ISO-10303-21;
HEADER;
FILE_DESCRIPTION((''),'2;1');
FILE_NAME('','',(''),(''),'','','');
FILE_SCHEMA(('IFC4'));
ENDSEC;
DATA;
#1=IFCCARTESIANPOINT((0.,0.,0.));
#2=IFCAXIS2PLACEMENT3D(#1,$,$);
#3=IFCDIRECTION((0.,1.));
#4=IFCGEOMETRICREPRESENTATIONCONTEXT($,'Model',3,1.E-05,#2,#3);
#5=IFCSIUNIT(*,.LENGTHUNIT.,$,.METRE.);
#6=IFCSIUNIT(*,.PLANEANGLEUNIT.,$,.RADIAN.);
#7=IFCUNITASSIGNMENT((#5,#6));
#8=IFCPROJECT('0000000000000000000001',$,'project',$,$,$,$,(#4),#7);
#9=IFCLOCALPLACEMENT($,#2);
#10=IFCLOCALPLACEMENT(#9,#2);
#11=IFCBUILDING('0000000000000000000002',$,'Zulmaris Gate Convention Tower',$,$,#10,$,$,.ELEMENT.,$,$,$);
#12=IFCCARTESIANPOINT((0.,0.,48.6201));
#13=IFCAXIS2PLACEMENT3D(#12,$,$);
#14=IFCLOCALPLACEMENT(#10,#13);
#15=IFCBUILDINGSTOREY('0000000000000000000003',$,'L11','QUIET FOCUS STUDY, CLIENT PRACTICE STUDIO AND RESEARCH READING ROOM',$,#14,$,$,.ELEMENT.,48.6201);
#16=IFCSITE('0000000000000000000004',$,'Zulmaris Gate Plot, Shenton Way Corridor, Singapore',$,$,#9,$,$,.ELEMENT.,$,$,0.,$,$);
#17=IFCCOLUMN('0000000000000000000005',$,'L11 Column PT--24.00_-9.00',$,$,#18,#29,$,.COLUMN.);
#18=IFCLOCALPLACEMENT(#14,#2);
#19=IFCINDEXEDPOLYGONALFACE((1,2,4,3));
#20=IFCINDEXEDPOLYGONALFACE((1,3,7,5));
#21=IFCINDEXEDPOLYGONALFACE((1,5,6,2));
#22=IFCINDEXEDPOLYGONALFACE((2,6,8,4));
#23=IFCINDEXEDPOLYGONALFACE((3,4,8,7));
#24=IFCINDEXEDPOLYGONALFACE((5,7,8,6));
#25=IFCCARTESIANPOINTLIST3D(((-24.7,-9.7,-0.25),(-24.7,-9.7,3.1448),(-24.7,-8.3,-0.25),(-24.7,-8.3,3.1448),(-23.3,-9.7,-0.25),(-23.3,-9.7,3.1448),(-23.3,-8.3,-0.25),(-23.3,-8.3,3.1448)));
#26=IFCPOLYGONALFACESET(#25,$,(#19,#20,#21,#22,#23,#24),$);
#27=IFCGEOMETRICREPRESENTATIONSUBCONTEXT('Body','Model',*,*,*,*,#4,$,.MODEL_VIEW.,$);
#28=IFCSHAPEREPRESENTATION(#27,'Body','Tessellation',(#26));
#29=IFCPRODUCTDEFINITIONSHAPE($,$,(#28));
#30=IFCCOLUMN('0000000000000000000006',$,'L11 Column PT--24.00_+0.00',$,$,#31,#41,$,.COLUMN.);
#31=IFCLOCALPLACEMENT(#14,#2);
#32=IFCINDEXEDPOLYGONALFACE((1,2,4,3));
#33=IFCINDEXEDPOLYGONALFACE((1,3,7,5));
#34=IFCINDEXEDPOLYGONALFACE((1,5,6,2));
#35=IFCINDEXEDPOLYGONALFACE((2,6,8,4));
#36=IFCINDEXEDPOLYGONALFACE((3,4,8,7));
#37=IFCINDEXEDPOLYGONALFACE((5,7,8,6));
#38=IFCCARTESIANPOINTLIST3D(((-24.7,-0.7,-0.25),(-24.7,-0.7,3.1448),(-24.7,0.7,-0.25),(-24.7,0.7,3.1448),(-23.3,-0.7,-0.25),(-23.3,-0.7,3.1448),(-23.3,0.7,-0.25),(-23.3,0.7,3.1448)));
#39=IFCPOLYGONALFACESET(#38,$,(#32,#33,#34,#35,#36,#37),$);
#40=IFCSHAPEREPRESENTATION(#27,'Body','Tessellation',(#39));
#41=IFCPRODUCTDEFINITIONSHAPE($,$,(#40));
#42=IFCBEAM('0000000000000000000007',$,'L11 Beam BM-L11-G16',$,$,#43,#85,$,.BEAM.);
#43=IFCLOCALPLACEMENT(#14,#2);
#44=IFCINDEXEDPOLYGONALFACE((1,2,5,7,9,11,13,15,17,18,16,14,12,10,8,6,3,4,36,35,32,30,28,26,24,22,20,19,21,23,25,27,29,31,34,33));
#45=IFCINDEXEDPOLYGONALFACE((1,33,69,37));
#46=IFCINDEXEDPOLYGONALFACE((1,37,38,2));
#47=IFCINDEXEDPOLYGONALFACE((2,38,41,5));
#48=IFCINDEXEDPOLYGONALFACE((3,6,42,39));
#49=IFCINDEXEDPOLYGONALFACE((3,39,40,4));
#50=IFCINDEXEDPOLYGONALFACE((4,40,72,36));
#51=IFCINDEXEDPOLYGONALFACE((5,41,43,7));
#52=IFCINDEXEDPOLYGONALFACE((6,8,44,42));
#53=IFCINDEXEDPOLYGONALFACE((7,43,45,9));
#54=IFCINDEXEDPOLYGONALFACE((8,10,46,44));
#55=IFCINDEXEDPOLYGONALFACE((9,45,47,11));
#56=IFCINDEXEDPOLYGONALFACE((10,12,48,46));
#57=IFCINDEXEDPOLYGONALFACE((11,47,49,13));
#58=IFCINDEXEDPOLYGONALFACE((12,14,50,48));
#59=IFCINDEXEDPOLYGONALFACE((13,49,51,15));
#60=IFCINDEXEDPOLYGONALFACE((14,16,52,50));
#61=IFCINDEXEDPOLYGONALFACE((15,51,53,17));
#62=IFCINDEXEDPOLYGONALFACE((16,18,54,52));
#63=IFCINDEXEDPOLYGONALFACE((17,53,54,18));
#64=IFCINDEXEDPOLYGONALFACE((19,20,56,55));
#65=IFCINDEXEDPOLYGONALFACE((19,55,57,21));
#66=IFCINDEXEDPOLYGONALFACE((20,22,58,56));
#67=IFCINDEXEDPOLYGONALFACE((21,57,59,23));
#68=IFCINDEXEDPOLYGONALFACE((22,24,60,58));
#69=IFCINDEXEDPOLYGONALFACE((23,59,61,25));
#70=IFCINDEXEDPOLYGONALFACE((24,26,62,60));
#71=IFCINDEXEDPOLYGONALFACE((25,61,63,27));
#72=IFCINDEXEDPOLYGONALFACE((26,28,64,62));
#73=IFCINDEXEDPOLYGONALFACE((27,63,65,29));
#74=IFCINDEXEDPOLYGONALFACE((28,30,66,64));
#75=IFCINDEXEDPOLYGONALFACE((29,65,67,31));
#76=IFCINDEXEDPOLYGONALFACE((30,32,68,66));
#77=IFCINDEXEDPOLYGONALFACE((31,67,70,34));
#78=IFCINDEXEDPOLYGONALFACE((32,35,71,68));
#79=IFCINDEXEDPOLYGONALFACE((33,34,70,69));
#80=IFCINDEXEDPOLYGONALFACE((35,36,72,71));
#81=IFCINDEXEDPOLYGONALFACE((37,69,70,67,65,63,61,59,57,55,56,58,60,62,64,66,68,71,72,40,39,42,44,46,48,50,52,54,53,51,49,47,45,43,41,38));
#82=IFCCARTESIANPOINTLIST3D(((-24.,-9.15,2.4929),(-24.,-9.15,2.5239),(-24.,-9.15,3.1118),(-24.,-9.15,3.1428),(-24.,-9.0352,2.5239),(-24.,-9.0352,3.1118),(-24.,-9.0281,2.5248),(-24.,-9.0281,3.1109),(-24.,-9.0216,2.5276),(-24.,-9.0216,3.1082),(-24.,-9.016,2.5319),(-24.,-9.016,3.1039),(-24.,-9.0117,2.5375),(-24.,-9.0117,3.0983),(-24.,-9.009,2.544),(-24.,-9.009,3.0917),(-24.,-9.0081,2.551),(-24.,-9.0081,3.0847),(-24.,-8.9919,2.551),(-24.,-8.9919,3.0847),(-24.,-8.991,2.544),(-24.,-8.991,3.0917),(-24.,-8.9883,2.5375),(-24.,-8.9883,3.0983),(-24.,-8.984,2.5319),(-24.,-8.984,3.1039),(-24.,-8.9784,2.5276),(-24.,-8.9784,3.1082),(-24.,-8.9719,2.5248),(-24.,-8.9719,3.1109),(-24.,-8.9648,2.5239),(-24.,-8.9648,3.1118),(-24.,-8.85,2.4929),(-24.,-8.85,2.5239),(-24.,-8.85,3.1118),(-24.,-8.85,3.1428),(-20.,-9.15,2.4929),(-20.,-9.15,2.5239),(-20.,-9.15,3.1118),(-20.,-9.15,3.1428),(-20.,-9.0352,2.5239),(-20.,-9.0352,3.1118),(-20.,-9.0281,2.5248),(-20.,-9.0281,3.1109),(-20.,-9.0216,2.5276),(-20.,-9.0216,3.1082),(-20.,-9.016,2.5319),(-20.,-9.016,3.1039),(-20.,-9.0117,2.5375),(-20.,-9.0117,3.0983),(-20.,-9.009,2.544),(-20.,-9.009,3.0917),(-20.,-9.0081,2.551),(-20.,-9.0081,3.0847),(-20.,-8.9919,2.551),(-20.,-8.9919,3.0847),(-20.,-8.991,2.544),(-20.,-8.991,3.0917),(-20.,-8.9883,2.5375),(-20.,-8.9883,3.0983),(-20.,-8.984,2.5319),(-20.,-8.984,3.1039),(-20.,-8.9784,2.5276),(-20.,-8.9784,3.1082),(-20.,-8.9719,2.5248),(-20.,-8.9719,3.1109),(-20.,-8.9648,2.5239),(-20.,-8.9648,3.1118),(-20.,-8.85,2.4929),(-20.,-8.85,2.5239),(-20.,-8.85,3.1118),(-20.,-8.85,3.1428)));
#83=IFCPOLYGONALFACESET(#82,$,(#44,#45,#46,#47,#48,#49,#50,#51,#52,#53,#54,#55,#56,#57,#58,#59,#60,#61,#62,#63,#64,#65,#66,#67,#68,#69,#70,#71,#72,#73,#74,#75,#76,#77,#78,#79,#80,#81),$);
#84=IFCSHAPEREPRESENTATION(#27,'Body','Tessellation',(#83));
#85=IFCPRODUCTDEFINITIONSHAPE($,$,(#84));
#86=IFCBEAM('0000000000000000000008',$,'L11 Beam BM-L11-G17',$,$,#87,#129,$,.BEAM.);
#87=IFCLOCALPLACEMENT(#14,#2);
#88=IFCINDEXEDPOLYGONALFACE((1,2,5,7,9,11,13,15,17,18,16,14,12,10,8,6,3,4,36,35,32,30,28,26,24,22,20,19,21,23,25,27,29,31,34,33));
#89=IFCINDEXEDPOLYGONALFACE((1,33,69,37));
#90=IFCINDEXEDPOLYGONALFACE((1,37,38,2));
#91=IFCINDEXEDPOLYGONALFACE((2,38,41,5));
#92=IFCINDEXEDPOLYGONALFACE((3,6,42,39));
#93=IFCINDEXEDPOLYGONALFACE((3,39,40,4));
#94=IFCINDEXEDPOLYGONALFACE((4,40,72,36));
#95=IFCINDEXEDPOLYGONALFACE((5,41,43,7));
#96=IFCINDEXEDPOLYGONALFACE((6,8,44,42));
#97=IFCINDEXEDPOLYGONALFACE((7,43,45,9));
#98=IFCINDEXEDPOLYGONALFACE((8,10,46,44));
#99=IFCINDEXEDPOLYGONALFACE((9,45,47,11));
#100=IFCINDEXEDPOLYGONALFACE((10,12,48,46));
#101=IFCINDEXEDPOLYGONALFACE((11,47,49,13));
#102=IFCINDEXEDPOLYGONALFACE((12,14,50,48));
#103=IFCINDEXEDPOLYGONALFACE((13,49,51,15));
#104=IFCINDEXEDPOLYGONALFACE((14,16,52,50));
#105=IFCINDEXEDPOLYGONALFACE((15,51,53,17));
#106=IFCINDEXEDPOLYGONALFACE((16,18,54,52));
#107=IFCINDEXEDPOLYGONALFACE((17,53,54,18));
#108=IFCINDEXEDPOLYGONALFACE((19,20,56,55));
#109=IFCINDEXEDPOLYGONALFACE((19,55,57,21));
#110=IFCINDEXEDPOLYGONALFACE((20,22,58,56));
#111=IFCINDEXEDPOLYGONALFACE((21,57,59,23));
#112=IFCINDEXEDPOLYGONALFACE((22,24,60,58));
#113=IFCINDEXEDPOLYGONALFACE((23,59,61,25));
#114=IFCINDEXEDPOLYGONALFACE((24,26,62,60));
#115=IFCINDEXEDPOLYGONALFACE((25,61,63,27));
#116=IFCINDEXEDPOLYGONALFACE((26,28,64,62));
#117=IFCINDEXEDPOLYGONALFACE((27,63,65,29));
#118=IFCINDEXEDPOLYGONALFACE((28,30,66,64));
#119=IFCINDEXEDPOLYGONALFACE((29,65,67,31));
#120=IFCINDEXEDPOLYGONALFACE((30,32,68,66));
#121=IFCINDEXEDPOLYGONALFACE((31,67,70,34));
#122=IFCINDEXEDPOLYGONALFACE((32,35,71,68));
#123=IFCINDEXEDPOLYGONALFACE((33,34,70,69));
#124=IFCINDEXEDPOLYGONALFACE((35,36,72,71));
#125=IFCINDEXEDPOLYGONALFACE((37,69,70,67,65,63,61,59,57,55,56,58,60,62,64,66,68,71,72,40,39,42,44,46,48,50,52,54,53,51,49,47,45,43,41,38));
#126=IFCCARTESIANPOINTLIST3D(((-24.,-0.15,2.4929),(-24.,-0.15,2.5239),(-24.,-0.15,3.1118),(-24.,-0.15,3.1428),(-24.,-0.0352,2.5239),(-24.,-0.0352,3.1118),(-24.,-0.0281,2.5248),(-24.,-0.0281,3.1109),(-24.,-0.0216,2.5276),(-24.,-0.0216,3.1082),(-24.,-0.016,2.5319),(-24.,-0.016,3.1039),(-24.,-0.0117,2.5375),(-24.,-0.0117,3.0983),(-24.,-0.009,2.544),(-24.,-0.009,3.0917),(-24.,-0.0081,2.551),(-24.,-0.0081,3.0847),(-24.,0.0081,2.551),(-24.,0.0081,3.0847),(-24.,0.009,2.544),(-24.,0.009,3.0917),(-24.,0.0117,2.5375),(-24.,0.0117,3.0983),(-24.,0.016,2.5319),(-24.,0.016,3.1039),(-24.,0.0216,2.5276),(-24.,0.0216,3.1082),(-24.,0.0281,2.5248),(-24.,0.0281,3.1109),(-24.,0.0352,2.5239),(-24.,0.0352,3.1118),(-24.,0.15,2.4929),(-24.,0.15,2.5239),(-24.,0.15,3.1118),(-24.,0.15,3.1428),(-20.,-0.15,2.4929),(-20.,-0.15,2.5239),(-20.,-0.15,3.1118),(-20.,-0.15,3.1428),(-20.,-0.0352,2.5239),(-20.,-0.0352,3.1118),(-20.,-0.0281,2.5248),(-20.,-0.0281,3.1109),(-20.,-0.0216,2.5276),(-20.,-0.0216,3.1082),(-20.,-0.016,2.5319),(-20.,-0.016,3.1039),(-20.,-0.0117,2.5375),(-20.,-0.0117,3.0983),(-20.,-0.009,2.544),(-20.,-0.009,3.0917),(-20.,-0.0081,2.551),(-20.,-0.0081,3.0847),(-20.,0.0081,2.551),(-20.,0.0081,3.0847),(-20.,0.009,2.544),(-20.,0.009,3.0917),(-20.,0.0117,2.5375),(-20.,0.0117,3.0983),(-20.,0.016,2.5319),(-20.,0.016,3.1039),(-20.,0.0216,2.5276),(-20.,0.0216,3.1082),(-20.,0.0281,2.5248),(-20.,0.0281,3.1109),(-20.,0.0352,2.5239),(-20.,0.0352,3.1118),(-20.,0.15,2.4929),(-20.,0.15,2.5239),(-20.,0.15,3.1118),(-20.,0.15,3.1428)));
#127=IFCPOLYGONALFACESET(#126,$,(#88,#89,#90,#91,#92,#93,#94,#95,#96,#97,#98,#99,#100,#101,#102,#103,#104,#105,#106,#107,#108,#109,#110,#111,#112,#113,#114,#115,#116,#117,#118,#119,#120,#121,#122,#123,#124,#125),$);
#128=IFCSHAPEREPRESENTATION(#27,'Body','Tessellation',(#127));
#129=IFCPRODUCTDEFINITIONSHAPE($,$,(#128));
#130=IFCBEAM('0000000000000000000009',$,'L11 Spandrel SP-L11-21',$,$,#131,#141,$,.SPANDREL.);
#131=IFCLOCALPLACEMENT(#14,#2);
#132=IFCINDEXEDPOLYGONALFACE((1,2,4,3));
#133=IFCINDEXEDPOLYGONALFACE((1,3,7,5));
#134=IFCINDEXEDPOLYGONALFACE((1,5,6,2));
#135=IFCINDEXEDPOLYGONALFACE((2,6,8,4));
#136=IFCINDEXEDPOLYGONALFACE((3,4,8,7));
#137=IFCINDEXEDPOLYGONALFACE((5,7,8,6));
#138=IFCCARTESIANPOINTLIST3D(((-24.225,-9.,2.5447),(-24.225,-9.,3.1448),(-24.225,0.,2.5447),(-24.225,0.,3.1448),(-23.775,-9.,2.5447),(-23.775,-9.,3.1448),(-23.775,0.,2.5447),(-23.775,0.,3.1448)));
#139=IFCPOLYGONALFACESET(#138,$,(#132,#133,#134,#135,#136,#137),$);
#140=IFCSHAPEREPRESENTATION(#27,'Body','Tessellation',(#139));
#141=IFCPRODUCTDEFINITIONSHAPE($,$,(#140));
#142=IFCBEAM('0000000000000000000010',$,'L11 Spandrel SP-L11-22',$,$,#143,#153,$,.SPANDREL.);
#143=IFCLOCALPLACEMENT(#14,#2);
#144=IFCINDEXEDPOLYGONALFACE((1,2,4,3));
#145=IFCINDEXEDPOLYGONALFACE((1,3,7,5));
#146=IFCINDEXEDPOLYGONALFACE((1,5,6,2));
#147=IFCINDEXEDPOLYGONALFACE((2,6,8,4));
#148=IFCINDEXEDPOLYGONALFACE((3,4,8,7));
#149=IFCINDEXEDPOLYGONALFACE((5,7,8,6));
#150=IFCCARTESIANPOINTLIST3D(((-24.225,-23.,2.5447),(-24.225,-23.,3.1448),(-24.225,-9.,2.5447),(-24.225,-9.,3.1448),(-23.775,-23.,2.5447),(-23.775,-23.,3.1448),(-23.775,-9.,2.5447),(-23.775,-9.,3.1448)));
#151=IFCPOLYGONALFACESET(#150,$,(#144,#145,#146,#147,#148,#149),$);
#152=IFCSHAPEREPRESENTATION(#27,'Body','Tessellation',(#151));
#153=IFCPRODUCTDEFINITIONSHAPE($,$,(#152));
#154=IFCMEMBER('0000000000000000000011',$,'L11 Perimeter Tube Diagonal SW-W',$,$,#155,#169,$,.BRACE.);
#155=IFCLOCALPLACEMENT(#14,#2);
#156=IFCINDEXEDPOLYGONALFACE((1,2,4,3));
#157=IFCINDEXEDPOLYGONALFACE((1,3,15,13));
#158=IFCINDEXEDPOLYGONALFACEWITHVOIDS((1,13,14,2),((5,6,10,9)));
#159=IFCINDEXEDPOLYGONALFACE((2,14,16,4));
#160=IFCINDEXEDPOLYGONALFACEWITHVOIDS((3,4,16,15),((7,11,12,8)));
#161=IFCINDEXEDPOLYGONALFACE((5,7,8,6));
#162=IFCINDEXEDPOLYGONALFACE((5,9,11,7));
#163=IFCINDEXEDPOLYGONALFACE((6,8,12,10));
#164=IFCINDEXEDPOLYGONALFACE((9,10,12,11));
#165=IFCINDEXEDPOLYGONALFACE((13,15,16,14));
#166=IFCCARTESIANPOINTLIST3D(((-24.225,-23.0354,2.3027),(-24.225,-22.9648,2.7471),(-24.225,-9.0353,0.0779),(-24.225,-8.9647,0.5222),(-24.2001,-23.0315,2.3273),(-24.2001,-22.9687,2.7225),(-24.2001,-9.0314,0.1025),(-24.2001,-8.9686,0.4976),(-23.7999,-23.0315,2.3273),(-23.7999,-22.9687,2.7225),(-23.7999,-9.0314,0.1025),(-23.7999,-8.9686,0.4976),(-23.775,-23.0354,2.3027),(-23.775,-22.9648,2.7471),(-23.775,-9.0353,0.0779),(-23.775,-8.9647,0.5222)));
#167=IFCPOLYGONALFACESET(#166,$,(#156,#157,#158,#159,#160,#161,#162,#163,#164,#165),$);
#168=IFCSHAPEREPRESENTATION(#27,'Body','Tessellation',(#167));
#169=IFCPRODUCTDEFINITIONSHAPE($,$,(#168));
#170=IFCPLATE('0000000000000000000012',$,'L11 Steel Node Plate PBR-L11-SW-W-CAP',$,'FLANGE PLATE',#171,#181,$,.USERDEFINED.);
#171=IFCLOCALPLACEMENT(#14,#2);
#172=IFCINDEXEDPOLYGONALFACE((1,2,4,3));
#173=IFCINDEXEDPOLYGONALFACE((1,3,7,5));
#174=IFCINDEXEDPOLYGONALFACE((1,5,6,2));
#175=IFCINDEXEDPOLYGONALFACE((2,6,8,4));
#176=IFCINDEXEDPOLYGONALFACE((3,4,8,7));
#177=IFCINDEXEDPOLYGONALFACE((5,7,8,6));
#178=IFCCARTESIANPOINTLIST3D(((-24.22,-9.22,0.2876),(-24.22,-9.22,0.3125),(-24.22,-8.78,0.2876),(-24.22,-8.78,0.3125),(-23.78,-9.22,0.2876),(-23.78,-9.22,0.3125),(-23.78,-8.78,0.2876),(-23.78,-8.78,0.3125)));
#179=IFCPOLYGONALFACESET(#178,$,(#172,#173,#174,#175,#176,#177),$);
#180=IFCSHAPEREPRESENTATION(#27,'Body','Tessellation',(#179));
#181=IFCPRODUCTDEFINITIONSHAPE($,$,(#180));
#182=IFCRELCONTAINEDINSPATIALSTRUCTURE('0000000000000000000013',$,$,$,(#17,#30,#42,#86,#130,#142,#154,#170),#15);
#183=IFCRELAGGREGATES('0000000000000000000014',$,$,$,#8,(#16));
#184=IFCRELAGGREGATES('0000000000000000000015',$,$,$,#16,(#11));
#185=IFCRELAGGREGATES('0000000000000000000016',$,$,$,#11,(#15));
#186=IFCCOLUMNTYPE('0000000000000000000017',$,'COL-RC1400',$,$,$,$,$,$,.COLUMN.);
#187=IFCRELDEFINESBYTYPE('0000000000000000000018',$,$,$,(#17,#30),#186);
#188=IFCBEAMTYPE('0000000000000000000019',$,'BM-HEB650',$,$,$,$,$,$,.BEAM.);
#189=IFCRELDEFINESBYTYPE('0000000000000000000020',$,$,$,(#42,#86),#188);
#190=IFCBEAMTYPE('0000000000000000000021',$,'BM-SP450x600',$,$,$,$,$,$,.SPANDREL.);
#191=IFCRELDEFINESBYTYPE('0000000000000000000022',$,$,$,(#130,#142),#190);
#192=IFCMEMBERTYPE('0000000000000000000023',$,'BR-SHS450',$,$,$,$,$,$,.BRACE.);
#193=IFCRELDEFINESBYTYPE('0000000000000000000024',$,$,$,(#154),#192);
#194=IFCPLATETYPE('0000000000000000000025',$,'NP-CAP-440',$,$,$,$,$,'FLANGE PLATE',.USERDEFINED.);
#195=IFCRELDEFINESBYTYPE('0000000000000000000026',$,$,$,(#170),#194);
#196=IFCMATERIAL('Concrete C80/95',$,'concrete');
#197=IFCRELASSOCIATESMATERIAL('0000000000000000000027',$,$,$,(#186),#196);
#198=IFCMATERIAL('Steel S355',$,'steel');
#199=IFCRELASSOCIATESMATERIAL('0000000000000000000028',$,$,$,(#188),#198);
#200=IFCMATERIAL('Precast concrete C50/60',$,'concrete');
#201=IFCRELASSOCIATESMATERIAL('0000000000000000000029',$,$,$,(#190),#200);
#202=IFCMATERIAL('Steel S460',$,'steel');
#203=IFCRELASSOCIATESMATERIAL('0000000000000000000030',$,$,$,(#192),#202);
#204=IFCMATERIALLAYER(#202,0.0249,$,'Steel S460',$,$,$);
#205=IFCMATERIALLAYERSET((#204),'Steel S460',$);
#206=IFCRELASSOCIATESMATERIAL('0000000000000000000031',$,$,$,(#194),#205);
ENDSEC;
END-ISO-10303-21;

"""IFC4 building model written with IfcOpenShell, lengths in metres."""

from ifc_helpers import new_model, si_unit, direction, frame, origin, origin_2d, place, context, subcontext, project, spatial, rectangle, hollow_rectangle, i_section, extrude, material, layer, layer_set, material_profile, profile_set, type_object, element, save


model = new_model("IFC4")

# Units and contexts
model_context = context("Model", 3, precision=1e-05, world=origin(), true_north=direction((0.0, 1.0)))
body_context = subcontext(model_context, "Body", "Model", "MODEL_VIEW")
ifc_project = project(units=[si_unit("LENGTHUNIT", "METRE"), si_unit("PLANEANGLEUNIT", "RADIAN")], contexts=[model_context])

# Site, building, storey
site_placement = place(None, origin())
site = spatial("IfcSite", under=ifc_project, at=site_placement, Name="Zulmaris Gate Plot, Shenton Way Corridor, Singapore", CompositionType="ELEMENT", RefElevation=0.0)
building_placement = place(site_placement, origin())
building = spatial("IfcBuilding", under=site, at=building_placement, Name="Zulmaris Gate Convention Tower", CompositionType="ELEMENT")
storey_placement = place(building_placement, frame((0.0, 0.0, 48.6201)))
storey = spatial("IfcBuildingStorey", under=building, at=storey_placement, Name="L11", Description="QUIET FOCUS STUDY, CLIENT PRACTICE STUDIO AND RESEARCH READING ROOM", CompositionType="ELEMENT", Elevation=48.6201)

# Columns
ifc_material_1 = material(Name="Concrete C80/95", Category="concrete")
ifc_material_profile_1 = material_profile(ifc_material_1, rectangle(XDim=1.3999, YDim=1.3999, at=origin_2d()), Name="RC COL 1400x1400")
ifc_profile_set_1 = profile_set([ifc_material_profile_1], Name="Concrete C80/95")
column_type = type_object("IfcColumnType", Name="COL-RC1400", PredefinedType="COLUMN", material=ifc_profile_set_1)
for number, where, z_axis, x_axis, name in (
    (1, (-24.0, -9.0, -0.25), (0.0, 0.0, 1.0), (1.0, 0.0, 0.0), "L11 Column PT--24.00_-9.00"),
    (2, (-24.0, 0.0, -0.25), (0.0, 0.0, 1.0), (1.0, 0.0, 0.0), "L11 Column PT--24.00_+0.00"),
):
    element("IfcColumn", number, at=place(storey_placement, frame(where, z_axis=z_axis, x_axis=x_axis)), inside=storey, type_object=column_type, Name=name, PredefinedType="COLUMN", context=body_context, shape_type="SweptSolid", body=[
        extrude(rectangle(XDim=1.3999, YDim=1.3999, at=origin_2d()), origin(), (0.0, 0.0, 1.0), 3.3948),
    ])

# Beams
ifc_material_2 = material(Name="Steel S355", Category="steel")
ifc_material_profile_2 = material_profile(ifc_material_2, i_section(OverallWidth=0.3, OverallDepth=0.6499, WebThickness=0.0161, FlangeThickness=0.031, FilletRadius=0.0271, at=origin_2d()), Name="HEB 650")
ifc_profile_set_2 = profile_set([ifc_material_profile_2], Name="Steel S355")
beam_type_1 = type_object("IfcBeamType", Name="BM-HEB650", PredefinedType="BEAM", material=ifc_profile_set_2)
for number, where, z_axis, x_axis, name in (
    (3, (-24.0, -9.0, 2.8179), (1.0, 0.0, 0.0), (0.0, 1.0, 0.0), "L11 Beam BM-L11-G16"),
    (4, (-24.0, 0.0, 2.8179), (1.0, 0.0, 0.0), (0.0, 1.0, 0.0), "L11 Beam BM-L11-G17"),
):
    element("IfcBeam", number, at=place(storey_placement, frame(where, z_axis=z_axis, x_axis=x_axis)), inside=storey, type_object=beam_type_1, Name=name, PredefinedType="BEAM", context=body_context, shape_type="SweptSolid", body=[
        extrude(i_section(OverallWidth=0.3, OverallDepth=0.6499, WebThickness=0.0161, FlangeThickness=0.031, FilletRadius=0.0271, at=origin_2d()), origin(), (0.0, 0.0, 1.0), 4.0),
    ])
ifc_material_3 = material(Name="Precast concrete C50/60", Category="concrete")
ifc_material_profile_3 = material_profile(ifc_material_3, rectangle(XDim=0.45, YDim=0.6001, at=origin_2d()), Name="RC SPANDREL 450x600")
ifc_profile_set_3 = profile_set([ifc_material_profile_3], Name="Precast concrete C50/60")
beam_type_2 = type_object("IfcBeamType", Name="BM-SP450x600", PredefinedType="SPANDREL", material=ifc_profile_set_3)
beam_1_placement = place(storey_placement, frame((-24.0, 0.0, 2.8447), z_axis=(0.0, -1.0, 0.0), x_axis=(1.0, 0.0, 0.0)))
element("IfcBeam", 5, at=beam_1_placement, inside=storey, type_object=beam_type_2, Name="L11 Spandrel SP-L11-21", PredefinedType="SPANDREL", context=body_context, shape_type="SweptSolid", body=[
    extrude(rectangle(XDim=0.45, YDim=0.6001, at=origin_2d()), origin(), (0.0, 0.0, 1.0), 9.0),
])
beam_2_placement = place(storey_placement, frame((-24.0, -9.0, 2.8447), z_axis=(0.0, -1.0, 0.0), x_axis=(1.0, 0.0, 0.0)))
element("IfcBeam", 6, at=beam_2_placement, inside=storey, type_object=beam_type_2, Name="L11 Spandrel SP-L11-22", PredefinedType="SPANDREL", context=body_context, shape_type="SweptSolid", body=[
    extrude(rectangle(XDim=0.45, YDim=0.6001, at=origin_2d()), origin(), (0.0, 0.0, 1.0), 14.0),
])

# Member
ifc_material_4 = material(Name="Steel S460", Category="steel")
ifc_material_profile_4 = material_profile(ifc_material_4, hollow_rectangle(XDim=0.45, YDim=0.45, WallThickness=0.0249, at=origin_2d()), Name="SHS 450x450x25")
ifc_profile_set_4 = profile_set([ifc_material_profile_4], Name="Steel S460")
member_type = type_object("IfcMemberType", Name="BR-SHS450", PredefinedType="BRACE", material=ifc_profile_set_4)
member_placement = place(storey_placement, frame((-24.0, -9.0, 0.3), z_axis=(0.0, -0.987607, 0.156949), x_axis=(1.0, 0.0, 0.0)))
element("IfcMember", 7, at=member_placement, inside=storey, type_object=member_type, Name="L11 Perimeter Tube Diagonal SW-W", PredefinedType="BRACE", context=body_context, shape_type="SweptSolid", body=[
    extrude(hollow_rectangle(XDim=0.45, YDim=0.45, WallThickness=0.0249, at=origin_2d()), origin(), (0.0, 0.0, 1.0), 14.1758),
])

# Plate
ifc_layer_1 = layer(ifc_material_4, 0.0249, Name="Steel S460")
ifc_layer_set_1 = layer_set([ifc_layer_1], Name="Steel S460")
plate_type = type_object("IfcPlateType", Name="NP-CAP-440", ElementType="FLANGE PLATE", PredefinedType="USERDEFINED", material=ifc_layer_set_1)
plate_placement = place(storey_placement, frame((-24.0, -9.0, 0.2876), z_axis=(0.0, 0.0, 1.0), x_axis=(1.0, 0.0, 0.0)))
element("IfcPlate", 8, at=plate_placement, inside=storey, type_object=plate_type, Name="L11 Steel Node Plate PBR-L11-SW-W-CAP", ObjectType="FLANGE PLATE", PredefinedType="USERDEFINED", context=body_context, shape_type="SweptSolid", body=[
    extrude(rectangle(XDim=0.4399, YDim=0.4399, at=origin_2d()), origin(), (0.0, 0.0, 1.0), 0.0249),
])

save(model, "model.ifc")
